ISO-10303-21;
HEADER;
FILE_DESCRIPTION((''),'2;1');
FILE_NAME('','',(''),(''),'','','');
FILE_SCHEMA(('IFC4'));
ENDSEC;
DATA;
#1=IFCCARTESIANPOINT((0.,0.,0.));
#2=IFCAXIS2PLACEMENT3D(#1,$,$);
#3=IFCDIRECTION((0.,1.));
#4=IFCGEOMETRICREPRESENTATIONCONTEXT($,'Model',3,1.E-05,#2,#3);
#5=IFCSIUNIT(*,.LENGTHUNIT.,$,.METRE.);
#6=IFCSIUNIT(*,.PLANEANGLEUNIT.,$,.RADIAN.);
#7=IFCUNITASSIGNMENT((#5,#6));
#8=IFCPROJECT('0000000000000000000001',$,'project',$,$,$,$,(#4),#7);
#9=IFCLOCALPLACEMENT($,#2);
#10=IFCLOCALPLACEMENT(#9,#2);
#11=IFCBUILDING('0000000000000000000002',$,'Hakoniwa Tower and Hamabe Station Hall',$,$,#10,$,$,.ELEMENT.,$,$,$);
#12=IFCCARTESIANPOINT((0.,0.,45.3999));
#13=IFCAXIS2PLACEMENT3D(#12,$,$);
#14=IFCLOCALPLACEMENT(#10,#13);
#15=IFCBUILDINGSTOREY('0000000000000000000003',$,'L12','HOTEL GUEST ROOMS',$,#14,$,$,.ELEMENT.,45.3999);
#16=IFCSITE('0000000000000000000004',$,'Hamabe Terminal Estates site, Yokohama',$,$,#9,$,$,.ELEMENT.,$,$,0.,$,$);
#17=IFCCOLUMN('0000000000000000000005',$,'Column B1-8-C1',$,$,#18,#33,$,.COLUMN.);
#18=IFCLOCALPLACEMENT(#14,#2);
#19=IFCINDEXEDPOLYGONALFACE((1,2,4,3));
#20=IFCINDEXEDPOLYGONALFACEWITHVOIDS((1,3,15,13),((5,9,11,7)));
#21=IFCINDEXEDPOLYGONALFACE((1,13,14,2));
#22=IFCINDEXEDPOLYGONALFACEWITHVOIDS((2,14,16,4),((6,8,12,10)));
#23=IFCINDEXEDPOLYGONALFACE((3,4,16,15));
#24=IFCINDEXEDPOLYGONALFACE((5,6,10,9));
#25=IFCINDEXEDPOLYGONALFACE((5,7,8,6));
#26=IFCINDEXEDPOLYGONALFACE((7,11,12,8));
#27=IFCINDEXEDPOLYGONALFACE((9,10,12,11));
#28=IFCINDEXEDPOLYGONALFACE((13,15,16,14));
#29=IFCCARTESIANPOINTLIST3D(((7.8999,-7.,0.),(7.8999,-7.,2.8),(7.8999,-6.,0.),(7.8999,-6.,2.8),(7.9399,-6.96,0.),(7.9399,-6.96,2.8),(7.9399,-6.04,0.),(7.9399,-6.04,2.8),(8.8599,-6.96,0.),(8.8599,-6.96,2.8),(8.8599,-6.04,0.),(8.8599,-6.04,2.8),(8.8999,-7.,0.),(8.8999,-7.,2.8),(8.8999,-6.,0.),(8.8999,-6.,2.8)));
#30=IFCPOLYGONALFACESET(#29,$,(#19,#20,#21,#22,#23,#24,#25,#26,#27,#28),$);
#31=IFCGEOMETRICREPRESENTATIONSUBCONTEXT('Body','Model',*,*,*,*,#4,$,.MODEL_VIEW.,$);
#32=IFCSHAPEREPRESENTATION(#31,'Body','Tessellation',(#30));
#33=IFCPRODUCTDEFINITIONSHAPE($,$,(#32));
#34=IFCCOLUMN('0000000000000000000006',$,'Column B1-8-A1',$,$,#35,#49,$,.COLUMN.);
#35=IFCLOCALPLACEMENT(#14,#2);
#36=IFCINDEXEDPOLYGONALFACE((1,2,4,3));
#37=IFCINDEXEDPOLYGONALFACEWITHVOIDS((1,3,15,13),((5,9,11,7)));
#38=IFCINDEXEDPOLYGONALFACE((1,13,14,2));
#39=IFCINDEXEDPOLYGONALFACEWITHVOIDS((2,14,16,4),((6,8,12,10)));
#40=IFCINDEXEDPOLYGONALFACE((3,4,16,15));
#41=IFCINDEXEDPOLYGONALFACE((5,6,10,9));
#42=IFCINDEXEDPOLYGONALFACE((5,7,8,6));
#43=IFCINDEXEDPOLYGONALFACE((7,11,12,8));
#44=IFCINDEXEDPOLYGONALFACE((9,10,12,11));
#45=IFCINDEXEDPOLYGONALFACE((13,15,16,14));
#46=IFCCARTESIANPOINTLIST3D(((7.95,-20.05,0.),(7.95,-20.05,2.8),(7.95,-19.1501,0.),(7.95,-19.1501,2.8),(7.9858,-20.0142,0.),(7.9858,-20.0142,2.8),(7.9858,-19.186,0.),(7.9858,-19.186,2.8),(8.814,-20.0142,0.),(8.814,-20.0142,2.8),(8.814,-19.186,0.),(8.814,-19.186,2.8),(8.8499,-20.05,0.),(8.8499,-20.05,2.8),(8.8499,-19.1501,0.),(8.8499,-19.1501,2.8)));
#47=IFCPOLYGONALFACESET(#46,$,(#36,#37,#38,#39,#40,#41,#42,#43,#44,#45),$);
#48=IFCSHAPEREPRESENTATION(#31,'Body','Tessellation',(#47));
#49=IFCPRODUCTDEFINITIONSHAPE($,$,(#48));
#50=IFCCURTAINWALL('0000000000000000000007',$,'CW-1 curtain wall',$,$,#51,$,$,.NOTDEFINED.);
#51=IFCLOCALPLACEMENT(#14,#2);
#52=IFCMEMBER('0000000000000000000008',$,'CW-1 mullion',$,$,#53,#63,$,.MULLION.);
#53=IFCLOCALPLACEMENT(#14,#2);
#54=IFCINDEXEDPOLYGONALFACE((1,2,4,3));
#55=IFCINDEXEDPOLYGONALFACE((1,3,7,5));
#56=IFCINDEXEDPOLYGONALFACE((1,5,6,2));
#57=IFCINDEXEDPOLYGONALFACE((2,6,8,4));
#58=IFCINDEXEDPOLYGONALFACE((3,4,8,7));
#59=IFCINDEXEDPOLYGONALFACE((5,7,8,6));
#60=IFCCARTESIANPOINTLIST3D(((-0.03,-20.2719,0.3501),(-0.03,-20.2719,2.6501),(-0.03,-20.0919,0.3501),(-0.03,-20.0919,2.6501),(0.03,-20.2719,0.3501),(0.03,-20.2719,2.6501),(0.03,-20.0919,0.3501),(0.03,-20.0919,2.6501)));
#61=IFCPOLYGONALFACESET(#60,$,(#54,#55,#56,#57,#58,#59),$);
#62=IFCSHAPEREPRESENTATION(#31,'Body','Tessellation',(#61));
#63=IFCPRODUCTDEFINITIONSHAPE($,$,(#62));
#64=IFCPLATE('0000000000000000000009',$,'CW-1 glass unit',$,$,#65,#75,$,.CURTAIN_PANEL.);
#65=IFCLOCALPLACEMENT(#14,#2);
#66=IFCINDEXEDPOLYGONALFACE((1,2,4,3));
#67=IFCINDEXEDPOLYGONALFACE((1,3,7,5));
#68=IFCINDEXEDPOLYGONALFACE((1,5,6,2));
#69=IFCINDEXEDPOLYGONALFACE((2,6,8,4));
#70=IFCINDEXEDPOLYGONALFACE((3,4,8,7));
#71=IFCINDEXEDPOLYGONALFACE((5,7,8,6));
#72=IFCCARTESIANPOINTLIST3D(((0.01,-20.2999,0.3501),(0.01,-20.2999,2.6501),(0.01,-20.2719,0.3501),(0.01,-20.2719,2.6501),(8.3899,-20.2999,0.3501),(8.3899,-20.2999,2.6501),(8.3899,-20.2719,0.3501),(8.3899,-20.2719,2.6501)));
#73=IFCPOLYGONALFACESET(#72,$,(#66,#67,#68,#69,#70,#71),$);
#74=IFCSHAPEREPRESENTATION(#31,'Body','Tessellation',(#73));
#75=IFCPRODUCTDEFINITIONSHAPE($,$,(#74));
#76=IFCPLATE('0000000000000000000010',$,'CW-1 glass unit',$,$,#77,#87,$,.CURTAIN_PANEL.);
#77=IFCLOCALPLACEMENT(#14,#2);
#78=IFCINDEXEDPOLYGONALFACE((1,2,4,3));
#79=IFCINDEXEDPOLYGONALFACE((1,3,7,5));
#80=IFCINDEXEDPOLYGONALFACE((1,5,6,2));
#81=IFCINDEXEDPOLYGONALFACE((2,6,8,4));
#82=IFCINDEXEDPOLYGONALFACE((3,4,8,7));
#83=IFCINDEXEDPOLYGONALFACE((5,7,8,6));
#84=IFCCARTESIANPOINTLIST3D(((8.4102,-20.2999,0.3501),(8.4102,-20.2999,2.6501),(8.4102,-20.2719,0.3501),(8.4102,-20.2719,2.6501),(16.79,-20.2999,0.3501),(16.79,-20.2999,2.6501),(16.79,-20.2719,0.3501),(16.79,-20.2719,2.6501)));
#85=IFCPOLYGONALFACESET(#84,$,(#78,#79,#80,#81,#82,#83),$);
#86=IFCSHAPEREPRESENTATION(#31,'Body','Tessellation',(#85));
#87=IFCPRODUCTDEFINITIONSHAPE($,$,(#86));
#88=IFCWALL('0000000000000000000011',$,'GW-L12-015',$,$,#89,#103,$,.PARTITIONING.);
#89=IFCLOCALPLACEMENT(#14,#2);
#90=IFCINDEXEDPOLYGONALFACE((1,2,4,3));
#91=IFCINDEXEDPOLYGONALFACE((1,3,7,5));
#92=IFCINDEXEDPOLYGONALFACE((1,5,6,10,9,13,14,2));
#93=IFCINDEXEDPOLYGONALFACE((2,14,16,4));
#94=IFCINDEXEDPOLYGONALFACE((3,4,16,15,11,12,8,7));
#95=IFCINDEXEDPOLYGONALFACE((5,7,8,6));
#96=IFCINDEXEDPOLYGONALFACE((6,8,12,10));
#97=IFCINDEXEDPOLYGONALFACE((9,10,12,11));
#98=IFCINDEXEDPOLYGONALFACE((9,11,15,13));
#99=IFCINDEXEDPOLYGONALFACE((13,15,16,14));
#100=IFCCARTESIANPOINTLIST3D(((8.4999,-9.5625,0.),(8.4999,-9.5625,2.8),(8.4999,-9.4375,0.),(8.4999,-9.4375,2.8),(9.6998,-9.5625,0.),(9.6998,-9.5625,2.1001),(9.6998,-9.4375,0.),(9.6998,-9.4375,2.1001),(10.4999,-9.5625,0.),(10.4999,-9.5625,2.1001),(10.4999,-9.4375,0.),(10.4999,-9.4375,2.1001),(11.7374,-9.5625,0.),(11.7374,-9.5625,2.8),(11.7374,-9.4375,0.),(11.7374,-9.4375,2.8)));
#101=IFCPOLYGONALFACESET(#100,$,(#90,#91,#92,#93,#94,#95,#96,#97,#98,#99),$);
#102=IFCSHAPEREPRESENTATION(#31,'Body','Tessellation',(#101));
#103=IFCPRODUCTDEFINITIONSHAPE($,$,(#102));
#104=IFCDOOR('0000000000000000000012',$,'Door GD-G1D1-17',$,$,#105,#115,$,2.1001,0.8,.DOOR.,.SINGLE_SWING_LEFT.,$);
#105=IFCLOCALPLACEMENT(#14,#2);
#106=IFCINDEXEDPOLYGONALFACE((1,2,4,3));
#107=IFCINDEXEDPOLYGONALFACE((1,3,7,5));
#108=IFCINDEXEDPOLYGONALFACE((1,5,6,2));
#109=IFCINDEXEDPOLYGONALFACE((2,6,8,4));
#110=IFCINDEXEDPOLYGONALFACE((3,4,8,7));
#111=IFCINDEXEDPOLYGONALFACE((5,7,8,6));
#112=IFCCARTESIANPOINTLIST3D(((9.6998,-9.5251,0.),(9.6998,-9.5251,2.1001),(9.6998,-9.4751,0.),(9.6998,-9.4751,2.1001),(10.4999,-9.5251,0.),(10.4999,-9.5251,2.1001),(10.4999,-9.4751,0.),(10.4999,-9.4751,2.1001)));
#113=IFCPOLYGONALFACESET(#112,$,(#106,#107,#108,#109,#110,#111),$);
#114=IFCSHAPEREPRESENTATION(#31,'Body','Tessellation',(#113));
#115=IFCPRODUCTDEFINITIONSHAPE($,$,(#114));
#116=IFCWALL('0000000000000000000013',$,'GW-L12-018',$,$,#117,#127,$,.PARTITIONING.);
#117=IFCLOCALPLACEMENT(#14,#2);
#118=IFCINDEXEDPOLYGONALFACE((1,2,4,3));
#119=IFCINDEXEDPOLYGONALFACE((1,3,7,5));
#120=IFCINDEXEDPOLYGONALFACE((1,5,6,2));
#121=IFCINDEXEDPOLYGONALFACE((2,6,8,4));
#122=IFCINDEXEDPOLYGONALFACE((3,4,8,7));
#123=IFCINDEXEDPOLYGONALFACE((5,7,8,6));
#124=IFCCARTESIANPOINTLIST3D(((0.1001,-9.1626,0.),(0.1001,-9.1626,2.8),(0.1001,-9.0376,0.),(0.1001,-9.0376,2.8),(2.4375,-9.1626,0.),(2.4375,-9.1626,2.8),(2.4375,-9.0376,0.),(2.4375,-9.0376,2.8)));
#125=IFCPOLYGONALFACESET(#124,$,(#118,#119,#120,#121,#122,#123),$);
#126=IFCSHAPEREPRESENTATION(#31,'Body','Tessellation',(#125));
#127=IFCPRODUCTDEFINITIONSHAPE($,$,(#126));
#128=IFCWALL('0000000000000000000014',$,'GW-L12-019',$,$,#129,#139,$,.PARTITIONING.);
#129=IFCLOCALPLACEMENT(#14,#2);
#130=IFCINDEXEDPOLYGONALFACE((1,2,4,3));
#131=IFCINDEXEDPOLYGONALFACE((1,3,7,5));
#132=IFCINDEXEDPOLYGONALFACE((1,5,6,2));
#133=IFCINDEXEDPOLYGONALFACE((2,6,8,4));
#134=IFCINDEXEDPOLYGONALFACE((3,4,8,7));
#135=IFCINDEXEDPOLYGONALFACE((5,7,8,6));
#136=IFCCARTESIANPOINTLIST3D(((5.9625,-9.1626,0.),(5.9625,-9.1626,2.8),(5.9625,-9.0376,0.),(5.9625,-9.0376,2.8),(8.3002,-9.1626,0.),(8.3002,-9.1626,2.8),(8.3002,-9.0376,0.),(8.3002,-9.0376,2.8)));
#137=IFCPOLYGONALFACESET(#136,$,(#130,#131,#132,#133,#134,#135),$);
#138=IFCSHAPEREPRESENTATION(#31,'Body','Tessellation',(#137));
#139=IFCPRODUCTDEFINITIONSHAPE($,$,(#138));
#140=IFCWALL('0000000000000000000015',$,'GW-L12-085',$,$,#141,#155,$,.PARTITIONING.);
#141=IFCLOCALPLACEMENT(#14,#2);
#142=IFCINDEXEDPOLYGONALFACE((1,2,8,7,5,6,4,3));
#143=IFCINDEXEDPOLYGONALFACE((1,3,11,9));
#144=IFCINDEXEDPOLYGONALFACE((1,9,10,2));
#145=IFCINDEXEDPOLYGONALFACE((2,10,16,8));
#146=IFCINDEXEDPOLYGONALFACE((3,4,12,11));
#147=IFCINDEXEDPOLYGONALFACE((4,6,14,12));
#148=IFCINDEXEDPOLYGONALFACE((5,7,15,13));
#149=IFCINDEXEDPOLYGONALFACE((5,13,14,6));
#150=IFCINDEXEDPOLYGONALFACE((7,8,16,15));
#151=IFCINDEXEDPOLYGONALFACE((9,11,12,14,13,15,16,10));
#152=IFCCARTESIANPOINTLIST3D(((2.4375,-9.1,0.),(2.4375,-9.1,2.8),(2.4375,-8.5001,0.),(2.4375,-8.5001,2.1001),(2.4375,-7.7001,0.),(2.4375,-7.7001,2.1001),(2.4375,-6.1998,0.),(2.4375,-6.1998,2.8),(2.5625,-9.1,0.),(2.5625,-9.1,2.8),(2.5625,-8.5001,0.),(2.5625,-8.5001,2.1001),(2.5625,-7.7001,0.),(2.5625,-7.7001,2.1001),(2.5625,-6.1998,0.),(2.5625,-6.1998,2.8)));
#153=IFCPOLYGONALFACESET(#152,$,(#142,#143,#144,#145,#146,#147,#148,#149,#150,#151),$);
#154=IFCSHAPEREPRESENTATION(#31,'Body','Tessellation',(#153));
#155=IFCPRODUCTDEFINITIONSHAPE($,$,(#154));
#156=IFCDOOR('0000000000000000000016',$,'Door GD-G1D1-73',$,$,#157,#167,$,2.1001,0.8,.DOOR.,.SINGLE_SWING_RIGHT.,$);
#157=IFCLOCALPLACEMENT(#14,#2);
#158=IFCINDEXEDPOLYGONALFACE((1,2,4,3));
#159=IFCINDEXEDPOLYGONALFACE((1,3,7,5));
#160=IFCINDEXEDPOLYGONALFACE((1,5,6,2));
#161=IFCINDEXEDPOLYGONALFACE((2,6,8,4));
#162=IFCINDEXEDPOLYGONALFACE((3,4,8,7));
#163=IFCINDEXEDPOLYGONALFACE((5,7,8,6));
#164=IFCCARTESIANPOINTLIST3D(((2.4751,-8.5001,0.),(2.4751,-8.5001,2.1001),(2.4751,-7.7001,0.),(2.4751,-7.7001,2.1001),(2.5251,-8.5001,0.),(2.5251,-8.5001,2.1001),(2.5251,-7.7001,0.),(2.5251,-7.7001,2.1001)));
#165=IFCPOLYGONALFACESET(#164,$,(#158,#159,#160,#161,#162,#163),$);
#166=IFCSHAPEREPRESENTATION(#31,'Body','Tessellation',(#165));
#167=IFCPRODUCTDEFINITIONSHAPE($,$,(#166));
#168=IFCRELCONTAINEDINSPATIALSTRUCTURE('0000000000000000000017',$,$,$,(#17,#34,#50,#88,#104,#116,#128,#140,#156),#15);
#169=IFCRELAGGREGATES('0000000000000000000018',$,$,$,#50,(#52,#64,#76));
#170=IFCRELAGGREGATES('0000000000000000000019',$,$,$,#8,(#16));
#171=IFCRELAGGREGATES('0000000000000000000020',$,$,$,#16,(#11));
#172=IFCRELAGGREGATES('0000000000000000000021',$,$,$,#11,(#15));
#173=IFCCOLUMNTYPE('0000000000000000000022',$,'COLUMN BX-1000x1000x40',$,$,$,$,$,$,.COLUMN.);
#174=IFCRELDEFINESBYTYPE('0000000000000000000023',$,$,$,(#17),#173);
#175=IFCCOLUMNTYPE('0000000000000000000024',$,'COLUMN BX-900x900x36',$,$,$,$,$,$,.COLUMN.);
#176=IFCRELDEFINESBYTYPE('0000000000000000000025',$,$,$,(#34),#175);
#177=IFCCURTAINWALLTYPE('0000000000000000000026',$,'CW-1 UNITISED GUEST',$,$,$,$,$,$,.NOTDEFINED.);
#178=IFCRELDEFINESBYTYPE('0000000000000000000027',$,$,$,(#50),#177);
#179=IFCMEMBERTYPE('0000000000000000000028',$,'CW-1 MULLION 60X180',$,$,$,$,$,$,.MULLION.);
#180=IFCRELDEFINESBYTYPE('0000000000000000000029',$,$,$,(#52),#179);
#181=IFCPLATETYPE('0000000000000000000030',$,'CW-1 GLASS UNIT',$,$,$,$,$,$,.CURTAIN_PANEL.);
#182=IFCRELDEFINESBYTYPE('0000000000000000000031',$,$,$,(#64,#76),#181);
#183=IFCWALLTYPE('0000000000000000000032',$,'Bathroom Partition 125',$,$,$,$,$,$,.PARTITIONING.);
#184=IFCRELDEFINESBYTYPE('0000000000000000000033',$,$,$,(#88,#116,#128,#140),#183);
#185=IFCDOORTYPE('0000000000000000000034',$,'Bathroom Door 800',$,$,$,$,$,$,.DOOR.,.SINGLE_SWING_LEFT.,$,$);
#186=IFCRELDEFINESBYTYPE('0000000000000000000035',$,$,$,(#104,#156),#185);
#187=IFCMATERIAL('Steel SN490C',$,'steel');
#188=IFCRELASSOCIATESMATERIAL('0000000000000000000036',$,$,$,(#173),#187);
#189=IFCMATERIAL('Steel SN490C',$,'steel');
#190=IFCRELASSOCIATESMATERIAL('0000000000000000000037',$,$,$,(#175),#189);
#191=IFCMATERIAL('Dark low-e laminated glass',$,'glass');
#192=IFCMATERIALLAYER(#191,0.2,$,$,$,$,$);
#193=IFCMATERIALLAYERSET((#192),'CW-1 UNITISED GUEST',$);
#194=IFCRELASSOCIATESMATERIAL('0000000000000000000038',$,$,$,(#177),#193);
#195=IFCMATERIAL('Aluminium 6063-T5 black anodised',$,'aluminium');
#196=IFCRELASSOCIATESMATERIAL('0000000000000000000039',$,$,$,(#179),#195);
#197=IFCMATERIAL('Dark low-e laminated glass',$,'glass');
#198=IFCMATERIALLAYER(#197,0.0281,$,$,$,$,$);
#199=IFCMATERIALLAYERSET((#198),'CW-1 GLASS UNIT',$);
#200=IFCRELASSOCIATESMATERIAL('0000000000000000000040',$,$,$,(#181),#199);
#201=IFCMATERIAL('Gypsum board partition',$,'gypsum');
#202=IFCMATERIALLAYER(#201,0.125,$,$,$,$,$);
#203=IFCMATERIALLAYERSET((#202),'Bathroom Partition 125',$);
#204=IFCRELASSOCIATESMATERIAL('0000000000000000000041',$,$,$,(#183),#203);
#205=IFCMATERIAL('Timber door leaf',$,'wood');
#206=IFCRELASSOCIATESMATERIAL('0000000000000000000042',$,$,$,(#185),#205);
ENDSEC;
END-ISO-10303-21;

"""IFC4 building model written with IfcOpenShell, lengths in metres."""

from ifc_helpers import new_model, si_unit, direction, frame, frame_2d, origin, origin_2d, place, context, subcontext, project, spatial, rectangle, hollow_rectangle, extrude, material, layer, layer_set, material_profile, profile_set, type_object, element, fill, aggregate, save


model = new_model("IFC4")

# Units and contexts
model_context = context("Model", 3, precision=1e-05, world=origin(), true_north=direction((0.0, 1.0)))
body_context = subcontext(model_context, "Body", "Model", "MODEL_VIEW")
ifc_project = project(units=[si_unit("LENGTHUNIT", "METRE"), si_unit("PLANEANGLEUNIT", "RADIAN")], contexts=[model_context])

# Site, building, storey
site_placement = place(None, origin())
site = spatial("IfcSite", under=ifc_project, at=site_placement, Name="Hamabe Terminal Estates site, Yokohama", CompositionType="ELEMENT", RefElevation=0.0)
building_placement = place(site_placement, origin())
building = spatial("IfcBuilding", under=site, at=building_placement, Name="Hakoniwa Tower and Hamabe Station Hall", CompositionType="ELEMENT")
storey_placement = place(building_placement, frame((0.0, 0.0, 45.3999)))
storey = spatial("IfcBuildingStorey", under=building, at=storey_placement, Name="L12", Description="HOTEL GUEST ROOMS", CompositionType="ELEMENT", Elevation=45.3999)

# Columns
ifc_material_1 = material(Name="Steel SN490C", Category="steel")
ifc_material_profile_1 = material_profile(ifc_material_1, hollow_rectangle(XDim=1.0, YDim=1.0, WallThickness=0.04, at=origin_2d()), Name="BX-1000x1000x40")
ifc_profile_set_1 = profile_set([ifc_material_profile_1], Name="Steel SN490C")
column_type_1 = type_object("IfcColumnType", Name="COLUMN BX-1000x1000x40", PredefinedType="COLUMN", material=ifc_profile_set_1)
column_1_placement = place(storey_placement, frame((8.3999, -6.5, 0.0), z_axis=(0.0, 0.0, 1.0), x_axis=(1.0, 0.0, 0.0)))
element("IfcColumn", 1, at=column_1_placement, inside=storey, type_object=column_type_1, Name="Column B1-8-C1", PredefinedType="COLUMN", context=body_context, shape_type="SweptSolid", body=[
    extrude(hollow_rectangle(XDim=1.0, YDim=1.0, WallThickness=0.04, at=origin_2d()), origin(), (0.0, 0.0, 1.0), 2.8),
])
ifc_material_2 = material(Name="Steel SN490C", Category="steel")
ifc_material_profile_2 = material_profile(ifc_material_2, hollow_rectangle(XDim=0.8999, YDim=0.8999, WallThickness=0.0359, at=origin_2d()), Name="BX-900x900x36")
ifc_profile_set_2 = profile_set([ifc_material_profile_2], Name="Steel SN490C")
column_type_2 = type_object("IfcColumnType", Name="COLUMN BX-900x900x36", PredefinedType="COLUMN", material=ifc_profile_set_2)
column_2_placement = place(storey_placement, frame((8.3999, -19.6001, 0.0), z_axis=(0.0, 0.0, 1.0), x_axis=(1.0, 0.0, 0.0)))
element("IfcColumn", 2, at=column_2_placement, inside=storey, type_object=column_type_2, Name="Column B1-8-A1", PredefinedType="COLUMN", context=body_context, shape_type="SweptSolid", body=[
    extrude(hollow_rectangle(XDim=0.8999, YDim=0.8999, WallThickness=0.0359, at=origin_2d()), origin(), (0.0, 0.0, 1.0), 2.8),
])

# Curtain wall, member, plates
ifc_material_3 = material(Name="Dark low-e laminated glass", Category="glass")
ifc_layer_1 = layer(ifc_material_3, 0.2)
ifc_layer_set_1 = layer_set([ifc_layer_1], Name="CW-1 UNITISED GUEST")
curtain_wall_type = type_object("IfcCurtainWallType", Name="CW-1 UNITISED GUEST", PredefinedType="NOTDEFINED", material=ifc_layer_set_1)
curtain_wall_placement = place(storey_placement, origin())
curtain_wall = element("IfcCurtainWall", 3, at=curtain_wall_placement, inside=storey, type_object=curtain_wall_type, Name="CW-1 curtain wall", PredefinedType="NOTDEFINED")
ifc_material_4 = material(Name="Aluminium 6063-T5 black anodised", Category="aluminium")
ifc_material_profile_3 = material_profile(ifc_material_4, rectangle(XDim=0.0601, YDim=0.1799, at=origin_2d()), Name="CW-1 MULLION 60X180")
ifc_profile_set_3 = profile_set([ifc_material_profile_3], Name="Aluminium 6063-T5 black anodised")
member_type = type_object("IfcMemberType", Name="CW-1 MULLION 60X180", PredefinedType="MULLION", material=ifc_profile_set_3)
member_placement = place(storey_placement, frame((0.0, -20.1819, 0.3501), z_axis=(0.0, 0.0, 1.0), x_axis=(1.0, 0.0, 0.0)))
member = element("IfcMember", 4, at=member_placement, type_object=member_type, Name="CW-1 mullion", PredefinedType="MULLION", context=body_context, shape_type="SweptSolid", body=[
    extrude(rectangle(XDim=0.0601, YDim=0.1799, at=origin_2d()), origin(), (0.0, 0.0, 1.0), 2.3),
])
ifc_material_5 = material(Name="Dark low-e laminated glass", Category="glass")
ifc_layer_2 = layer(ifc_material_5, 0.0281)
ifc_layer_set_2 = layer_set([ifc_layer_2], Name="CW-1 GLASS UNIT")
plate_type = type_object("IfcPlateType", Name="CW-1 GLASS UNIT", PredefinedType="CURTAIN_PANEL", material=ifc_layer_set_2)
plate_1_placement = place(storey_placement, frame((4.2, -20.2859, 0.3501), z_axis=(0.0, 0.0, 1.0), x_axis=(1.0, 0.0, 0.0)))
plate_1 = element("IfcPlate", 5, at=plate_1_placement, type_object=plate_type, Name="CW-1 glass unit", PredefinedType="CURTAIN_PANEL", context=body_context, shape_type="SweptSolid", body=[
    extrude(rectangle(XDim=8.3799, YDim=0.0281, at=origin_2d()), origin(), (0.0, 0.0, 1.0), 2.3),
])
plate_2_placement = place(storey_placement, frame((12.6001, -20.2859, 0.3501), z_axis=(0.0, 0.0, 1.0), x_axis=(1.0, 0.0, 0.0)))
plate_2 = element("IfcPlate", 6, at=plate_2_placement, type_object=plate_type, Name="CW-1 glass unit", PredefinedType="CURTAIN_PANEL", context=body_context, shape_type="SweptSolid", body=[
    extrude(rectangle(XDim=8.3799, YDim=0.0281, at=origin_2d()), origin(), (0.0, 0.0, 1.0), 2.3),
])
aggregate(curtain_wall, [member, plate_1, plate_2])

# Wall, opening, door
ifc_material_6 = material(Name="Gypsum board partition", Category="gypsum")
ifc_layer_3 = layer(ifc_material_6, 0.125)
ifc_layer_set_3 = layer_set([ifc_layer_3], Name="Bathroom Partition 125")
wall_type_1 = type_object("IfcWallType", Name="Bathroom Partition 125", PredefinedType="PARTITIONING", material=ifc_layer_set_3)
wall_1_placement = place(storey_placement, frame((8.5, -9.5, 0.0), z_axis=(0.0, 0.0, 1.0), x_axis=(1.0, 0.0, 0.0)))
wall_1 = element("IfcWall", 7, at=wall_1_placement, inside=storey, type_object=wall_type_1, Name="GW-L12-015", PredefinedType="PARTITIONING", context=body_context, shape_type="SweptSolid", body=[
    extrude(rectangle(XDim=3.2375, YDim=0.125, at=frame_2d((1.6187, 0.0))), origin(), (0.0, 0.0, 1.0), 2.8),
])
opening_1_placement = place(wall_1_placement, frame((1.2, 0.0, 0.0)))
opening_1 = element("IfcOpeningElement", 8, at=opening_1_placement, cuts=wall_1, PredefinedType="OPENING", context=body_context, shape_type="SweptSolid", body=[
    extrude(rectangle(XDim=0.8, YDim=2.1001, at=frame_2d((0.3999, 1.05))), frame((0.0, 0.0725, 0.0), z_axis=(0.0, -1.0, 0.0), x_axis=(1.0, 0.0, 0.0)), (0.0, 0.0, 1.0), 0.145),
])
ifc_material_7 = material(Name="Timber door leaf", Category="wood")
door_type = type_object("IfcDoorType", Name="Bathroom Door 800", OperationType="SINGLE_SWING_LEFT", PredefinedType="DOOR", material=ifc_material_7)
door_1_placement = place(opening_1_placement, origin())
door_1 = element("IfcDoor", 9, at=door_1_placement, inside=storey, type_object=door_type, Name="Door GD-G1D1-17", OperationType="SINGLE_SWING_LEFT", OverallHeight=2.1001, OverallWidth=0.8, PredefinedType="DOOR", context=body_context, shape_type="SweptSolid", body=[
    extrude(rectangle(XDim=0.8, YDim=2.1001, at=frame_2d((0.3999, 1.05))), frame((0.0, 0.0249, 0.0), z_axis=(0.0, -1.0, 0.0), x_axis=(1.0, 0.0, 0.0)), (0.0, 0.0, 1.0), 0.05),
])
fill(opening_1, door_1)

# Walls
wall_2_placement = place(storey_placement, frame((0.1001, -9.1001, 0.0), z_axis=(0.0, 0.0, 1.0), x_axis=(1.0, 0.0, 0.0)))
element("IfcWall", 10, at=wall_2_placement, inside=storey, type_object=wall_type_1, Name="GW-L12-018", PredefinedType="PARTITIONING", context=body_context, shape_type="SweptSolid", body=[
    extrude(rectangle(XDim=2.3374, YDim=0.125, at=frame_2d((1.1687, 0.0))), origin(), (0.0, 0.0, 1.0), 2.8),
])
wall_3_placement = place(storey_placement, frame((5.9624, -9.1001, 0.0), z_axis=(0.0, 0.0, 1.0), x_axis=(1.0, 0.0, 0.0)))
element("IfcWall", 11, at=wall_3_placement, inside=storey, type_object=wall_type_1, Name="GW-L12-019", PredefinedType="PARTITIONING", context=body_context, shape_type="SweptSolid", body=[
    extrude(rectangle(XDim=2.3376, YDim=0.125, at=frame_2d((1.1689, 0.0))), origin(), (0.0, 0.0, 1.0), 2.8),
])

# Wall, opening, door
wall_4_placement = place(storey_placement, frame((2.5, -9.1001, 0.0), z_axis=(0.0, 0.0, 1.0), x_axis=(0.0, 1.0, 0.0)))
wall_4 = element("IfcWall", 12, at=wall_4_placement, inside=storey, type_object=wall_type_1, Name="GW-L12-085", PredefinedType="PARTITIONING", context=body_context, shape_type="SweptSolid", body=[
    extrude(rectangle(XDim=2.9001, YDim=0.125, at=frame_2d((1.4502, 0.0))), origin(), (0.0, 0.0, 1.0), 2.8),
])
opening_2_placement = place(wall_4_placement, frame((0.6001, 0.0, 0.0)))
opening_2 = element("IfcOpeningElement", 13, at=opening_2_placement, cuts=wall_4, PredefinedType="OPENING", context=body_context, shape_type="SweptSolid", body=[
    extrude(rectangle(XDim=0.8, YDim=2.1001, at=frame_2d((0.3999, 1.05))), frame((0.0, 0.0725, 0.0), z_axis=(0.0, -1.0, 0.0), x_axis=(1.0, 0.0, 0.0)), (0.0, 0.0, 1.0), 0.145),
])
door_2_placement = place(opening_2_placement, origin())
door_2 = element("IfcDoor", 14, at=door_2_placement, inside=storey, type_object=door_type, Name="Door GD-G1D1-73", OperationType="SINGLE_SWING_RIGHT", OverallHeight=2.1001, OverallWidth=0.8, PredefinedType="DOOR", context=body_context, shape_type="SweptSolid", body=[
    extrude(rectangle(XDim=0.8, YDim=2.1001, at=frame_2d((0.3999, 1.05))), frame((0.0, 0.0249, 0.0), z_axis=(0.0, -1.0, 0.0), x_axis=(1.0, 0.0, 0.0)), (0.0, 0.0, 1.0), 0.05),
])
fill(opening_2, door_2)

save(model, "model.ifc")
